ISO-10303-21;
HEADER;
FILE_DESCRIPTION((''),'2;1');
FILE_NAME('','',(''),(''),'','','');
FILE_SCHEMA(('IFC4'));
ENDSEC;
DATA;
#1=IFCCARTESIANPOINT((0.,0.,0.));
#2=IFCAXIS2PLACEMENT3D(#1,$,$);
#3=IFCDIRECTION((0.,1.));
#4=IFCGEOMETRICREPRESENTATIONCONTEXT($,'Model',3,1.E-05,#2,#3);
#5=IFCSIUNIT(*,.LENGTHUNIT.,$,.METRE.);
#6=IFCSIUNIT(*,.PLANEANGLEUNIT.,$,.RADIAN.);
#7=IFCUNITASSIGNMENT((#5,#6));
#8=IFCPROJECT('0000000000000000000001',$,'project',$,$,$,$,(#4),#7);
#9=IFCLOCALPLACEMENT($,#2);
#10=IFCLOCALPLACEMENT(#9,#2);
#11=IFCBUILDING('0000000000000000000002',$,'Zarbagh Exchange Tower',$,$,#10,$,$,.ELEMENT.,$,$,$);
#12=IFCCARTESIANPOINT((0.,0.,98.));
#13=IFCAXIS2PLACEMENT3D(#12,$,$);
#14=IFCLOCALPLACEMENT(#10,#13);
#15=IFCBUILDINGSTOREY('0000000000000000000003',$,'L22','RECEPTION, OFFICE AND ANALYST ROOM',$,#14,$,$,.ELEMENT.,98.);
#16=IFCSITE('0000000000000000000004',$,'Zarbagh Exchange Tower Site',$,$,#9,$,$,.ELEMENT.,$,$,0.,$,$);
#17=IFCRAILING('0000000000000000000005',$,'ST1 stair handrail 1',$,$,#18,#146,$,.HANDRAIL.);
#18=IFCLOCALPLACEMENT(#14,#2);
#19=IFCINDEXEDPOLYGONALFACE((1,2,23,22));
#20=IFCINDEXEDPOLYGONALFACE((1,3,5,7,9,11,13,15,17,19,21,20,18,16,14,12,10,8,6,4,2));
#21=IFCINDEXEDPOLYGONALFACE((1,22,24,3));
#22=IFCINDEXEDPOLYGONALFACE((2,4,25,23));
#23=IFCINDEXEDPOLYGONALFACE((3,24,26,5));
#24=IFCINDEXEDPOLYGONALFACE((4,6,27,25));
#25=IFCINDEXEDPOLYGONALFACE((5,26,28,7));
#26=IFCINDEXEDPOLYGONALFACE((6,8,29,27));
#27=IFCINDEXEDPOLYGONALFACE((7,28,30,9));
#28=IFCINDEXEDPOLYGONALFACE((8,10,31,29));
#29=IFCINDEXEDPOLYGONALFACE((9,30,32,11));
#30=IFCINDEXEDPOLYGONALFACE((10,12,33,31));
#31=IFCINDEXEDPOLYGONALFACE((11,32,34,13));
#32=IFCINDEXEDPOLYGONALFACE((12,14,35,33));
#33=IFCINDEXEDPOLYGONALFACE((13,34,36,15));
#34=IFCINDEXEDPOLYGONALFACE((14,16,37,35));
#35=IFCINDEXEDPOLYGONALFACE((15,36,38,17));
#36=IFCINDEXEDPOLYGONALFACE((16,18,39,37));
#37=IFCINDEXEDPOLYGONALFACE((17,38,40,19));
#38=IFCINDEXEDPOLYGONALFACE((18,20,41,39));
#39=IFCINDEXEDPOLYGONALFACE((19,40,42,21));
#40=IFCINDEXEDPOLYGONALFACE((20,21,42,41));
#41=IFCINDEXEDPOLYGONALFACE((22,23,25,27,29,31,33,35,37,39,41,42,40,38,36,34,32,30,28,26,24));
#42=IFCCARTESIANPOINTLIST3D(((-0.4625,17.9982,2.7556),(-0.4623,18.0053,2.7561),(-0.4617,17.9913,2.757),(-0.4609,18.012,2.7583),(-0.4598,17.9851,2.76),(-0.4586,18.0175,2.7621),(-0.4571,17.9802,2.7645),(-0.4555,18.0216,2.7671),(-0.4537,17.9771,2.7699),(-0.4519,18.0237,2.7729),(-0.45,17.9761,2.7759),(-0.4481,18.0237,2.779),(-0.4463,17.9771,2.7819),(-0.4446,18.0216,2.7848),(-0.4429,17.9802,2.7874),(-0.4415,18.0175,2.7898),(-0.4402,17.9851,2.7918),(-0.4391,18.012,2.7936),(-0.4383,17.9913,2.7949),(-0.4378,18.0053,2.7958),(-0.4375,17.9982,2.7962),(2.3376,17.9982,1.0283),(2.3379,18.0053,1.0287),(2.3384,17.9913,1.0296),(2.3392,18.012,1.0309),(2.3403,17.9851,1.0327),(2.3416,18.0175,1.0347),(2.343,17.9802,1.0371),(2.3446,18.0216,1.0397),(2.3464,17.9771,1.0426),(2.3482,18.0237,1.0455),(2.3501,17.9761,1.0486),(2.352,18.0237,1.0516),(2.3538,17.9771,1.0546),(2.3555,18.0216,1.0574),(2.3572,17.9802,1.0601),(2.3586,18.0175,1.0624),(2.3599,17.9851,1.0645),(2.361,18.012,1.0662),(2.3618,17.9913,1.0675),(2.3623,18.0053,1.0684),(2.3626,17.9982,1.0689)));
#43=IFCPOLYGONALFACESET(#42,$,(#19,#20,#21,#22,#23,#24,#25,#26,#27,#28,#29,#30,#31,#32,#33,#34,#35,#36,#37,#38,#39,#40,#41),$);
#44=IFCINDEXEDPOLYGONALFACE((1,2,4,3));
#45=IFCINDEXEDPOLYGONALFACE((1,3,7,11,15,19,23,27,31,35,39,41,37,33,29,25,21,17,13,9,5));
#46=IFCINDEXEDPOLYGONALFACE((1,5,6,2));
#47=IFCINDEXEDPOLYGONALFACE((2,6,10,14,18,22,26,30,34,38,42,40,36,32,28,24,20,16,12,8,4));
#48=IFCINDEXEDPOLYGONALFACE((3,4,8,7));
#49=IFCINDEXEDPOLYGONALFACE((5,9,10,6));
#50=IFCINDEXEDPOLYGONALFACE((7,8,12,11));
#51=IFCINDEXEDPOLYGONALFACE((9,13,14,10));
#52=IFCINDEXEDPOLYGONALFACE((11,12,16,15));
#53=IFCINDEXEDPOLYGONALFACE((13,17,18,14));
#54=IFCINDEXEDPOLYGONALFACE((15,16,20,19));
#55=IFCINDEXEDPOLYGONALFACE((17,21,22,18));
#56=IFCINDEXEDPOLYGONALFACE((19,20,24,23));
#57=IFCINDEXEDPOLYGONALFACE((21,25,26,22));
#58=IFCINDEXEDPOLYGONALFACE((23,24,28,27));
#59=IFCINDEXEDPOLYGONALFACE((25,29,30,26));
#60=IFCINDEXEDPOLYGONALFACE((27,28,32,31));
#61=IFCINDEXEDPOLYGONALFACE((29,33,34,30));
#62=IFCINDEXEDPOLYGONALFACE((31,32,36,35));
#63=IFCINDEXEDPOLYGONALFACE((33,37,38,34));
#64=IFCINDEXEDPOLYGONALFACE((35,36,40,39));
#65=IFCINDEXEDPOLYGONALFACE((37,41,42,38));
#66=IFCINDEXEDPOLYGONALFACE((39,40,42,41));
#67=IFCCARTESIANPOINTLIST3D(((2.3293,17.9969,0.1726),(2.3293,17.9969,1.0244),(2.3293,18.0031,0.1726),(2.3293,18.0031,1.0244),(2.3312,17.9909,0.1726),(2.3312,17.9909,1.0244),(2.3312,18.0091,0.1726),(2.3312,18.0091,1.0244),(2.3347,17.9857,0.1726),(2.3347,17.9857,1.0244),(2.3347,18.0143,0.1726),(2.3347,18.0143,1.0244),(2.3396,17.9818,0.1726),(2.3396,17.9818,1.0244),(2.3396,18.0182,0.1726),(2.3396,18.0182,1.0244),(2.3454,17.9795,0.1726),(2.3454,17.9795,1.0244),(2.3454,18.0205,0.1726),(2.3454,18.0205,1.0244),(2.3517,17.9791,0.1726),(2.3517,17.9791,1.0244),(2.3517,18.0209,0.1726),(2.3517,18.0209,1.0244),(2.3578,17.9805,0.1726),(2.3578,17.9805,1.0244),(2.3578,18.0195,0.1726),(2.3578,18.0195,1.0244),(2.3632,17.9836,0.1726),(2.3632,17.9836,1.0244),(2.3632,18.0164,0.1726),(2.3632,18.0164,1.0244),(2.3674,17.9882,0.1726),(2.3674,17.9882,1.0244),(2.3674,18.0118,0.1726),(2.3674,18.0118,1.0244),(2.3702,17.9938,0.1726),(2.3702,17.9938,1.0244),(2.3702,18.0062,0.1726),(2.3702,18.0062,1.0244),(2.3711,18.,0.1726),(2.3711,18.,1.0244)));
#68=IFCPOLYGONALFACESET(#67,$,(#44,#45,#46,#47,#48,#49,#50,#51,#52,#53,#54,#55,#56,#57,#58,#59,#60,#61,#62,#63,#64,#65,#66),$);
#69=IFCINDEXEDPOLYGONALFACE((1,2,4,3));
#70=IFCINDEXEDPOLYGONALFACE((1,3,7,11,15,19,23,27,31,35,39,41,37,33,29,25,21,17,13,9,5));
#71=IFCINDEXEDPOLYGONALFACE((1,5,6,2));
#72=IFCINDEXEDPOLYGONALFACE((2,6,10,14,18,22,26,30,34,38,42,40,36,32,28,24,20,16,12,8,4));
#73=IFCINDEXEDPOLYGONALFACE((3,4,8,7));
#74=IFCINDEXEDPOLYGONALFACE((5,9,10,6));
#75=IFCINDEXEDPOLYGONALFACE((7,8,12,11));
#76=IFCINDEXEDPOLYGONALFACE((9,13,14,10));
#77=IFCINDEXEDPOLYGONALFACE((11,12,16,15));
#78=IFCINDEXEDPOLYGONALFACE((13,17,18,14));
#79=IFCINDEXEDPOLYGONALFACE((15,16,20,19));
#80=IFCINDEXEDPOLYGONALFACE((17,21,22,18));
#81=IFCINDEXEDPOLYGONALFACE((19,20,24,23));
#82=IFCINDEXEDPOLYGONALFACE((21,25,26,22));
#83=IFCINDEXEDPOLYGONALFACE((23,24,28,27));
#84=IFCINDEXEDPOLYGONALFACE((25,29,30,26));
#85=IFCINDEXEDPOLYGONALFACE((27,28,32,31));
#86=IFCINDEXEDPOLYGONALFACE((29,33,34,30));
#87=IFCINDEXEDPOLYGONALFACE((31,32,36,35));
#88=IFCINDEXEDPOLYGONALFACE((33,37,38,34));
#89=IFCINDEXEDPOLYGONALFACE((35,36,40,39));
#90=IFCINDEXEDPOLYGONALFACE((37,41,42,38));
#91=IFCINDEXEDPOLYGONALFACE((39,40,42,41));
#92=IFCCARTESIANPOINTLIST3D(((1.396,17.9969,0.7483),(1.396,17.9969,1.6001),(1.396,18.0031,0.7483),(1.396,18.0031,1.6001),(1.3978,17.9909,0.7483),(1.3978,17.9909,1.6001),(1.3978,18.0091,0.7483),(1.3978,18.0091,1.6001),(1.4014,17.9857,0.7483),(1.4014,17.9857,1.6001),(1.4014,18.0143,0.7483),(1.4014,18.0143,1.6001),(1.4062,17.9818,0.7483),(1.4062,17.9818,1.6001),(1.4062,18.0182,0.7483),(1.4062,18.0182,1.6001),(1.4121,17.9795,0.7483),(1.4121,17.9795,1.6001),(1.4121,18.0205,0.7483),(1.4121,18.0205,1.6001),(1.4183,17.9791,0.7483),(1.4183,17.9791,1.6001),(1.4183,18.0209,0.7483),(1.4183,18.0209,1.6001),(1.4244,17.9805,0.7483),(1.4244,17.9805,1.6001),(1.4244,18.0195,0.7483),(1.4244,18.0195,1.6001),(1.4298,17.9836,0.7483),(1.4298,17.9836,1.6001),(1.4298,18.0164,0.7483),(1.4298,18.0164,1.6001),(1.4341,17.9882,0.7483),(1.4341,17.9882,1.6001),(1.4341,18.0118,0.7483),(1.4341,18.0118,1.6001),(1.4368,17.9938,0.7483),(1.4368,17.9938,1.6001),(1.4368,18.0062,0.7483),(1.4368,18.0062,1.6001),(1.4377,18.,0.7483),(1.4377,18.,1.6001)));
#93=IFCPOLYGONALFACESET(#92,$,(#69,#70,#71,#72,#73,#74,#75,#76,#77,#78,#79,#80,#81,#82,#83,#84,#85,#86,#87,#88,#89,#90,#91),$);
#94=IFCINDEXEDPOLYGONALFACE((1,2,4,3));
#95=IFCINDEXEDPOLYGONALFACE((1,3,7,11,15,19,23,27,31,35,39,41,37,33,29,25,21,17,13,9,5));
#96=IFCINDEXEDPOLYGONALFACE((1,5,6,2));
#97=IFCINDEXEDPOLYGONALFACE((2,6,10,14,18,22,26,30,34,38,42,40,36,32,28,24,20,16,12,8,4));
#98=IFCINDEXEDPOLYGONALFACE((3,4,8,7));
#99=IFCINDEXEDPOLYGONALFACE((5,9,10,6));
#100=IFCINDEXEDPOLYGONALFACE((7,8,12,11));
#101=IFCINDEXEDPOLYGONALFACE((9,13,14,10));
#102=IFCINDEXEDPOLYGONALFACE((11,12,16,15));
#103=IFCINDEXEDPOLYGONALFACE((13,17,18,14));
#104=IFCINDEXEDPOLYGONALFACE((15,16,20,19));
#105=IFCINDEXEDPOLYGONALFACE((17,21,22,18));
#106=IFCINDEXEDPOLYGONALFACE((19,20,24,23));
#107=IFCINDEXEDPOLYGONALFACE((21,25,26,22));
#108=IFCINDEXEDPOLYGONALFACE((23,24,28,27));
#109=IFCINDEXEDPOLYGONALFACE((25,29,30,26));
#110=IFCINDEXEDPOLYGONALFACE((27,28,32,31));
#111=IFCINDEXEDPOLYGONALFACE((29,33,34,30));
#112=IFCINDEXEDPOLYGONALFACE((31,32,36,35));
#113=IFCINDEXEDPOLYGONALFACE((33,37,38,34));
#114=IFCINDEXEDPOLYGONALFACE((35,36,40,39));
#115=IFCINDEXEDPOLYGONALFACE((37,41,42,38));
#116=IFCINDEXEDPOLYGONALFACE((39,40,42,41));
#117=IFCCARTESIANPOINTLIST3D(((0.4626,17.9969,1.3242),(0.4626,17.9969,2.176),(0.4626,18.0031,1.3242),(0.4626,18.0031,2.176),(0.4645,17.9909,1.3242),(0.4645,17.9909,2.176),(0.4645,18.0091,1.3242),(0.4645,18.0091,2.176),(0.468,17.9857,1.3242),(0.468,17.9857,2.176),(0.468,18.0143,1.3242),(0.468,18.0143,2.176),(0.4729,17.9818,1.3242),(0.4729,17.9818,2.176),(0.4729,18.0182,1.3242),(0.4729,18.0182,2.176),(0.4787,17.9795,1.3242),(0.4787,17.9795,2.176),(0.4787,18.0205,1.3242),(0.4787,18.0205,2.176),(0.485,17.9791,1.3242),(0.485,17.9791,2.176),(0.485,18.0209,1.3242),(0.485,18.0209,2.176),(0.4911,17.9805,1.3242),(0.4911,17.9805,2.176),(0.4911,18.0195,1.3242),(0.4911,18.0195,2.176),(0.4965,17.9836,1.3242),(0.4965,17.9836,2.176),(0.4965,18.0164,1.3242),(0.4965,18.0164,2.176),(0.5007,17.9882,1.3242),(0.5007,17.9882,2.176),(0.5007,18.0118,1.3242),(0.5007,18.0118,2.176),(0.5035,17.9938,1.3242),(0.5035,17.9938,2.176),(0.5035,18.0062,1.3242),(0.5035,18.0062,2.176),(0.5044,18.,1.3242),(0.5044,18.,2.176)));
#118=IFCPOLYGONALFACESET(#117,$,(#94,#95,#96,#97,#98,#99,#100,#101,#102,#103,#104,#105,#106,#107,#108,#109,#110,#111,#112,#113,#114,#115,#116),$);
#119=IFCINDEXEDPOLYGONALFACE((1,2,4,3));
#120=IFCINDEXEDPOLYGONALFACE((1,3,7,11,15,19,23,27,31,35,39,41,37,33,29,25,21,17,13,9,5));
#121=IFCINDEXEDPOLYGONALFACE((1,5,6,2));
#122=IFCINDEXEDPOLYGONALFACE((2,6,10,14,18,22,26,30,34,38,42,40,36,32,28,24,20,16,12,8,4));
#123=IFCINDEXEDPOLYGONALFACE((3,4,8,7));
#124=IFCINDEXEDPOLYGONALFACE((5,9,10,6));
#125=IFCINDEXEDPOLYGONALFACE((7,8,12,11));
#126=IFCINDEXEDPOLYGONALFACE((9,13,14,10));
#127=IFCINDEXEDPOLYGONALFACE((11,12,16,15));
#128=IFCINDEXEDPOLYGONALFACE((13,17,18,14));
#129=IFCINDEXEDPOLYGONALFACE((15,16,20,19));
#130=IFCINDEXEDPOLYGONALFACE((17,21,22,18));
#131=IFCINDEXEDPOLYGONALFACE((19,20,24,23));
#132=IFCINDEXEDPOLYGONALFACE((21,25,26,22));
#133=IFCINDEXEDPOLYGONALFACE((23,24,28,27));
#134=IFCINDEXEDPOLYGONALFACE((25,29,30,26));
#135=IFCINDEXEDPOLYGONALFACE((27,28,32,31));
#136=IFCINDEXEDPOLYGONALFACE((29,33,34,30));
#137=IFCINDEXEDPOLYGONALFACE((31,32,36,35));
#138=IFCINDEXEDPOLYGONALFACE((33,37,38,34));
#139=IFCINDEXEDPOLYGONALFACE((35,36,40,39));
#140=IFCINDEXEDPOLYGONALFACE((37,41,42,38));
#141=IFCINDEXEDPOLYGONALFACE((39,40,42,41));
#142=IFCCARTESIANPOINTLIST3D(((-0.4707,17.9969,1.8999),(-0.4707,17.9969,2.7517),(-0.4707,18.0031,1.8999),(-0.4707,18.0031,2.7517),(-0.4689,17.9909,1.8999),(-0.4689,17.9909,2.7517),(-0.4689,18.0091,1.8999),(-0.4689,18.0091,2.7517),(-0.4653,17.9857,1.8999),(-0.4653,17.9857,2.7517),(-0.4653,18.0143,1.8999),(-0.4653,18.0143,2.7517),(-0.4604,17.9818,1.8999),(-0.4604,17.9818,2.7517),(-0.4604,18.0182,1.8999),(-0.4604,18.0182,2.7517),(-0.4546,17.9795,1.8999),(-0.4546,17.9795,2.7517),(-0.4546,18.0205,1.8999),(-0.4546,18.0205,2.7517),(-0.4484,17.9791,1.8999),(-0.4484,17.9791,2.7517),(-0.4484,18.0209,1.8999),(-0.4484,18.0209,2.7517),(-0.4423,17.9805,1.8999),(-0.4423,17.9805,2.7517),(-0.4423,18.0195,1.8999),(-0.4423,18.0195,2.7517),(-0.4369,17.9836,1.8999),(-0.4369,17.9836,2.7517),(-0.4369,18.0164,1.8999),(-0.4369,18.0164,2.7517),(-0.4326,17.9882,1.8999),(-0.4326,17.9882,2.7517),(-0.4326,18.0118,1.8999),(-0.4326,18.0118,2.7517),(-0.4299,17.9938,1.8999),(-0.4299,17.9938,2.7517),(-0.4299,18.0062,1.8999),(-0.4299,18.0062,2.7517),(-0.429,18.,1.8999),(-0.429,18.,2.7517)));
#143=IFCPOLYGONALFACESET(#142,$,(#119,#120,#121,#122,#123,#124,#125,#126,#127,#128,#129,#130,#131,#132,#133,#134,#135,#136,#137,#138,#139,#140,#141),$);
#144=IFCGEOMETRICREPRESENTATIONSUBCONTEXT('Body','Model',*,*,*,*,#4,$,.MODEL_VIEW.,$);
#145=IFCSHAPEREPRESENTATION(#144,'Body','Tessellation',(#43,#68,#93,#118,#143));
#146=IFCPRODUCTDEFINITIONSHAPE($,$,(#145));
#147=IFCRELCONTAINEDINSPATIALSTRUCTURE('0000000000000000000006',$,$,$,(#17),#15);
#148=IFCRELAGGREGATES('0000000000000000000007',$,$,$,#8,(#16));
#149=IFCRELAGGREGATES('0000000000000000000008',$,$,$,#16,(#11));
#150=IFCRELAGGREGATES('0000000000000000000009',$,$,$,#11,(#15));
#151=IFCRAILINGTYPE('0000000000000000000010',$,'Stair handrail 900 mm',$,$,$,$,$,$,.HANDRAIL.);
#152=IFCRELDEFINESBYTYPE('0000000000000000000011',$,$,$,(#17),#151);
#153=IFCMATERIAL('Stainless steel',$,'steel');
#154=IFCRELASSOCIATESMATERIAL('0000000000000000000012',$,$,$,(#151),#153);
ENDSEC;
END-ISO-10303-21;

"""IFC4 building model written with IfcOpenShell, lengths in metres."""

from ifc_helpers import new_model, si_unit, direction, frame, origin, origin_2d, place, context, subcontext, project, spatial, circle, extrude, material, type_object, element, save


model = new_model("IFC4")

# Units and contexts
model_context = context("Model", 3, precision=1e-05, world=origin(), true_north=direction((0.0, 1.0)))
body_context = subcontext(model_context, "Body", "Model", "MODEL_VIEW")
ifc_project = project(units=[si_unit("LENGTHUNIT", "METRE"), si_unit("PLANEANGLEUNIT", "RADIAN")], contexts=[model_context])

# Site, building, storey
site_placement = place(None, origin())
site = spatial("IfcSite", under=ifc_project, at=site_placement, Name="Zarbagh Exchange Tower Site", CompositionType="ELEMENT", RefElevation=0.0)
building_placement = place(site_placement, origin())
building = spatial("IfcBuilding", under=site, at=building_placement, Name="Zarbagh Exchange Tower", CompositionType="ELEMENT")
storey_placement = place(building_placement, frame((0.0, 0.0, 98.0)))
storey = spatial("IfcBuildingStorey", under=building, at=storey_placement, Name="L22", Description="RECEPTION, OFFICE AND ANALYST ROOM", CompositionType="ELEMENT", Elevation=98.0)

# Shared definitions
ifc_material_1 = material(Name="Stainless steel", Category="steel")

# Railing
railing_type = type_object("IfcRailingType", Name="Stair handrail 900 mm", PredefinedType="HANDRAIL", material=ifc_material_1)
for number, where, name in (
    (1, (2.3501, 18.0, 0.1726), "ST1 stair handrail 1"),
):
    element("IfcRailing", number, at=place(storey_placement, frame(where)), inside=storey, type_object=railing_type, Name=name, PredefinedType="HANDRAIL", context=body_context, shape_type="SweptSolid", body=[
        extrude(circle(Radius=0.0239, at=origin_2d()), frame((0.0, 0.0, 0.876), z_axis=(-0.85109, 0.0, 0.52502), x_axis=(0.0, -1.0, 0.0)), (0.0, 0.0, 1.0), 3.29),
        extrude(circle(Radius=0.021, at=origin_2d()), origin(), (0.0, 0.0, 1.0), 0.8518),
        extrude(circle(Radius=0.021, at=origin_2d()), frame((-0.9333, 0.0, 0.5757)), (0.0, 0.0, 1.0), 0.8518),
        extrude(circle(Radius=0.021, at=origin_2d()), frame((-1.8667, 0.0, 1.1516)), (0.0, 0.0, 1.0), 0.8518),
        extrude(circle(Radius=0.021, at=origin_2d()), frame((-2.8, 0.0, 1.7273)), (0.0, 0.0, 1.0), 0.8518),
    ])

save(model, "model.ifc")
